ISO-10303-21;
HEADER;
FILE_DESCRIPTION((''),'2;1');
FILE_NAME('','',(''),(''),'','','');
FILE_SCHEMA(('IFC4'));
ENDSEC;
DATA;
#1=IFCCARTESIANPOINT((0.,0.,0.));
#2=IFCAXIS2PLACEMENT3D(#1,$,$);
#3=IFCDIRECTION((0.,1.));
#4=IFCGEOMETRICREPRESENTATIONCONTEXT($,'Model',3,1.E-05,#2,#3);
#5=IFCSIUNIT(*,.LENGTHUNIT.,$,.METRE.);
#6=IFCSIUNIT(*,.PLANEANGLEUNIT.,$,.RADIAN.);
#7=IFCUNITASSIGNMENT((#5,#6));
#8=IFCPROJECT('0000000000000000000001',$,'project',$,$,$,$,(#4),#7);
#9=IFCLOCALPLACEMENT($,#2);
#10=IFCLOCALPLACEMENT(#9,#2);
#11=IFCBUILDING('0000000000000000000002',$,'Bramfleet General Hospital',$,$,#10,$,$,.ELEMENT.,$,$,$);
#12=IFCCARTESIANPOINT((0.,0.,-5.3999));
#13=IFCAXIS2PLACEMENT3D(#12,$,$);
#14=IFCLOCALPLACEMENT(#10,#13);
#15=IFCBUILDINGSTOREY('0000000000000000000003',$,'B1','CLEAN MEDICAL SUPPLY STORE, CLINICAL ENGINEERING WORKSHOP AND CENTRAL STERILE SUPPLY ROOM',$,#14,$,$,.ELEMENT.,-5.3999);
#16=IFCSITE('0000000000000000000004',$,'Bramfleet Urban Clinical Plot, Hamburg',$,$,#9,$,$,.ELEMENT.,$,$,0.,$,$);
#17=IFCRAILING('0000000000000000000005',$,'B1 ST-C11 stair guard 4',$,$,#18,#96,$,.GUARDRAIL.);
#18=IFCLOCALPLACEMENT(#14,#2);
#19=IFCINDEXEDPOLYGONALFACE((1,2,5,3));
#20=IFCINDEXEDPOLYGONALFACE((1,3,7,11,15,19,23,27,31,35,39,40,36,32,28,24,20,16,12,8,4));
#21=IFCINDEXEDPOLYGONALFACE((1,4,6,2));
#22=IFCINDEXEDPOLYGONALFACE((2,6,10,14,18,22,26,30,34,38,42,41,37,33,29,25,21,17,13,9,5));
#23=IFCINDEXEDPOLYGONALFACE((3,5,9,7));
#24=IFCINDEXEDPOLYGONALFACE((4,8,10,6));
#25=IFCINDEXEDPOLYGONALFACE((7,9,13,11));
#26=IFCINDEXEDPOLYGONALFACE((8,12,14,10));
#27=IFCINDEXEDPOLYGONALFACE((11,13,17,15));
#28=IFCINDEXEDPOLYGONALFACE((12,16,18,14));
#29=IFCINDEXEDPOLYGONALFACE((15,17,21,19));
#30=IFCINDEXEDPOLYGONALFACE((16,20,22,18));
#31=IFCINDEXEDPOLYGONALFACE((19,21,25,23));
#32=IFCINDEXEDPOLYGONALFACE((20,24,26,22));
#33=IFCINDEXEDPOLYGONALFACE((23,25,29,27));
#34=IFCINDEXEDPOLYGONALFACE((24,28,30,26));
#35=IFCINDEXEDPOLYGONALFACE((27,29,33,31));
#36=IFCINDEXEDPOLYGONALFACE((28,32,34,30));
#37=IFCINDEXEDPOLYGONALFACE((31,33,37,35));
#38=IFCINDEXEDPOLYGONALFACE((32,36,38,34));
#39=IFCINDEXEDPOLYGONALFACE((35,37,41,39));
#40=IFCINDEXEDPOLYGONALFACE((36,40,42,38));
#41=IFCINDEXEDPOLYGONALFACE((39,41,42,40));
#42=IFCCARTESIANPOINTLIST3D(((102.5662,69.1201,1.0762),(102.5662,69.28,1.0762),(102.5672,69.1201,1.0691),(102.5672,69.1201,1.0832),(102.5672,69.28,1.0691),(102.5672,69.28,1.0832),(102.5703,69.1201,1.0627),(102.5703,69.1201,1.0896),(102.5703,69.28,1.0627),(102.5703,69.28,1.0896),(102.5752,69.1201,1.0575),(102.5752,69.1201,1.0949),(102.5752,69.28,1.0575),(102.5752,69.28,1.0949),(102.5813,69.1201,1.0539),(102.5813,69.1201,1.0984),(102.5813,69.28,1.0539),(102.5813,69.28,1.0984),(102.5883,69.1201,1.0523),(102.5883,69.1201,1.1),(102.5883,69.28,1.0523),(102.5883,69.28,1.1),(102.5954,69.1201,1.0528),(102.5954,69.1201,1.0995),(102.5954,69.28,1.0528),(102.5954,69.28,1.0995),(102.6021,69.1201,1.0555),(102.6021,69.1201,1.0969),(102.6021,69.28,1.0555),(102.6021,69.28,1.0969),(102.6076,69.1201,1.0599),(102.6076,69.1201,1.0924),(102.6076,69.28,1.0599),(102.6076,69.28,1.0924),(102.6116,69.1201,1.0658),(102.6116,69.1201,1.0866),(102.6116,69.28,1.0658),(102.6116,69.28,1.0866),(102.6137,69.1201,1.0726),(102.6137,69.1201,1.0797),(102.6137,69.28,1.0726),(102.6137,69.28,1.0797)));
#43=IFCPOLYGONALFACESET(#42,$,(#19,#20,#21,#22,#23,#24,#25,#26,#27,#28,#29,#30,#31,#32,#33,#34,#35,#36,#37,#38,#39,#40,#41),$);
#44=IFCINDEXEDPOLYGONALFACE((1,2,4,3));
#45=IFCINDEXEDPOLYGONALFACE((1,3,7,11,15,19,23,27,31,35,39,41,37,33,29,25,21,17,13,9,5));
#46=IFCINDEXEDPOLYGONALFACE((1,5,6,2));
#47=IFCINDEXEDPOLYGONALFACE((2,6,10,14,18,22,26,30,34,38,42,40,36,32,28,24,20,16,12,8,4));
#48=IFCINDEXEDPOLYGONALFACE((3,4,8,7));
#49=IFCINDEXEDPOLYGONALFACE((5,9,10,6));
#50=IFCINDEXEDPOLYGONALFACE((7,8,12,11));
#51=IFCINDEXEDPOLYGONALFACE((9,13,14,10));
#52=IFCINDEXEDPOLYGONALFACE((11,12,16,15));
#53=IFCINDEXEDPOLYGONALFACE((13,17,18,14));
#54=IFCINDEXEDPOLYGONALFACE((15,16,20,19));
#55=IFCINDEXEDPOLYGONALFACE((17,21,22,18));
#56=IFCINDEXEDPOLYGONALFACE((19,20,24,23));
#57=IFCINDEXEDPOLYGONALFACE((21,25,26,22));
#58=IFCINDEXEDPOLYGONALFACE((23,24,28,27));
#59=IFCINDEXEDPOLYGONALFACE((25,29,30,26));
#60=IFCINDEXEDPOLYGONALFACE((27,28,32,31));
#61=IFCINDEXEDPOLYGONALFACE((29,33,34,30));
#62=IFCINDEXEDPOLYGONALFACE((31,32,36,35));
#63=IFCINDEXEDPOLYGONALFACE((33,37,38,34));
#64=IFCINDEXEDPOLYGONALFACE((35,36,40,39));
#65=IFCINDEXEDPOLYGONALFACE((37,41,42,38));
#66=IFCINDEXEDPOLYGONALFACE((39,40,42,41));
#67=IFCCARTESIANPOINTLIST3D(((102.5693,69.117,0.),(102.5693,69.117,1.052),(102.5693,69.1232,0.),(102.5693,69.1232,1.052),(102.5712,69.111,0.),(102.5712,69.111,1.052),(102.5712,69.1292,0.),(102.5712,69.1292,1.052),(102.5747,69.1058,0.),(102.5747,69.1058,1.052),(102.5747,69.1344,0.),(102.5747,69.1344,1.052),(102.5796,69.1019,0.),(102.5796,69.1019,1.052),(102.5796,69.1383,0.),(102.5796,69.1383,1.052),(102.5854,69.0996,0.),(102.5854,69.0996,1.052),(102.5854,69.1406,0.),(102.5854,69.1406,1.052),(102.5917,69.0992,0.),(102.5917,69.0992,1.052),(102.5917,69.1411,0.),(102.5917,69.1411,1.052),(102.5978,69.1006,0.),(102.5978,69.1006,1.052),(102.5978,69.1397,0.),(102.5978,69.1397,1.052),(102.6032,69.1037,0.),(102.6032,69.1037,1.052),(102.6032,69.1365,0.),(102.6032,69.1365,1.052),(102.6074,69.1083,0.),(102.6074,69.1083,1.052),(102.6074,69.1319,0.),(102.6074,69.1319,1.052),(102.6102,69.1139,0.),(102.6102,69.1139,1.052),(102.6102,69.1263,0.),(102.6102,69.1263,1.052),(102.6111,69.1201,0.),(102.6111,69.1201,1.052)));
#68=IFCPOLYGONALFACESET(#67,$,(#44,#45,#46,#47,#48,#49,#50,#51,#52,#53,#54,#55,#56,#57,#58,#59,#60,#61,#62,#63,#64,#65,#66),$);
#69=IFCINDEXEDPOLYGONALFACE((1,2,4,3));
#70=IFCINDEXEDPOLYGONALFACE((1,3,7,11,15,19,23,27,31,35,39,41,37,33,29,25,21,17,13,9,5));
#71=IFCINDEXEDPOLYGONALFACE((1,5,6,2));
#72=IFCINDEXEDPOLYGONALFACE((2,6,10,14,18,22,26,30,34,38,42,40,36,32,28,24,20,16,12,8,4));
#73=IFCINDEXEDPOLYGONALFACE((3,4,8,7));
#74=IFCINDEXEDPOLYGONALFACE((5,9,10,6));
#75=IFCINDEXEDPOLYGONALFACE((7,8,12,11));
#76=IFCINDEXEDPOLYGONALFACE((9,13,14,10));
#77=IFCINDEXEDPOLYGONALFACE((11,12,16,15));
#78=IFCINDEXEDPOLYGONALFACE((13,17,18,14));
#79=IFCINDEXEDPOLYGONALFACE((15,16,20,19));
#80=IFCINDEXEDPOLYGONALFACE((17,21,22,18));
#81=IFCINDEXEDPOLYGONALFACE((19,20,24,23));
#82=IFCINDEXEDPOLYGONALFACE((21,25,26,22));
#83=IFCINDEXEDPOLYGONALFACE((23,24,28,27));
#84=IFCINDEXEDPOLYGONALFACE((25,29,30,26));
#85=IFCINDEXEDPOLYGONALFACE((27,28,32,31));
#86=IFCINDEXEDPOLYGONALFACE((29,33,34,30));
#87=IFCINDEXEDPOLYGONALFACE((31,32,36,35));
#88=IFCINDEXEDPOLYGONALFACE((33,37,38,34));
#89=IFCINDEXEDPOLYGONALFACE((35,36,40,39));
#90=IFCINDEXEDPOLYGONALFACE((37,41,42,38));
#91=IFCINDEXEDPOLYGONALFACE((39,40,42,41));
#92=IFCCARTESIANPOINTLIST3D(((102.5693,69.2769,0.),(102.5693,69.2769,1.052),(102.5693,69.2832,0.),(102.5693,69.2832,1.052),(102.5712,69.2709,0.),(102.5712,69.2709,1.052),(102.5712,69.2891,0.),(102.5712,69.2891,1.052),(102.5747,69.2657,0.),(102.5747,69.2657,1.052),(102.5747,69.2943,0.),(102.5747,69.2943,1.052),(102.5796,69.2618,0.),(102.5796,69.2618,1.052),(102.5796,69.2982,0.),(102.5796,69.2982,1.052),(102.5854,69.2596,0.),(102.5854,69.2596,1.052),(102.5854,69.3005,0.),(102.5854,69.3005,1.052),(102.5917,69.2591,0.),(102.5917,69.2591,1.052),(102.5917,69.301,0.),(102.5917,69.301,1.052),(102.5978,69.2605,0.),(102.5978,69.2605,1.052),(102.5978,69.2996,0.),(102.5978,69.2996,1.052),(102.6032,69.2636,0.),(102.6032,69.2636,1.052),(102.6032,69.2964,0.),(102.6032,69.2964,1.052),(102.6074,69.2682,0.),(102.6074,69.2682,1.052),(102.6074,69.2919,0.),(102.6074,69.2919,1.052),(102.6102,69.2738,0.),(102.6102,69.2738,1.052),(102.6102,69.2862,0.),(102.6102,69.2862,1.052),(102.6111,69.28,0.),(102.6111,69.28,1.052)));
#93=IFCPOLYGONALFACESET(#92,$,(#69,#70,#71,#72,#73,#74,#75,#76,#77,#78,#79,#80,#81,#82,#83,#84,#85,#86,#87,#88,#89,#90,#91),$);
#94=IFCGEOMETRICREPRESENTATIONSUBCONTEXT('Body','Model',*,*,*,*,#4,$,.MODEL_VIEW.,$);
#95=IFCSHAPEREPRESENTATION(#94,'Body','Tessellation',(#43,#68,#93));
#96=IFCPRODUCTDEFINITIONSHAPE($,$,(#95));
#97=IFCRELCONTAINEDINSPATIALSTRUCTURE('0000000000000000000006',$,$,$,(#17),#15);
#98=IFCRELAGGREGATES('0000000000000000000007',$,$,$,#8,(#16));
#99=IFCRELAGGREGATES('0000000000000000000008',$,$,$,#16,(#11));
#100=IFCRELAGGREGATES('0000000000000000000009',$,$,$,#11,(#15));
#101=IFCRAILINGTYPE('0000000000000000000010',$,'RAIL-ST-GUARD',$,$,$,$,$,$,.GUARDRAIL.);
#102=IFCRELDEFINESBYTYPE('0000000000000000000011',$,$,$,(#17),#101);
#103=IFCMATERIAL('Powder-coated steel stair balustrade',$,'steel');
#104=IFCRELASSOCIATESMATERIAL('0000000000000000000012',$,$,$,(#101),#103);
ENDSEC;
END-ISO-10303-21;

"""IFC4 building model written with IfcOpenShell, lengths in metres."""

from ifc_helpers import new_model, si_unit, direction, frame, origin, origin_2d, place, context, subcontext, project, spatial, circle, extrude, material, type_object, element, save


model = new_model("IFC4")

# Units and contexts
model_context = context("Model", 3, precision=1e-05, world=origin(), true_north=direction((0.0, 1.0)))
body_context = subcontext(model_context, "Body", "Model", "MODEL_VIEW")
ifc_project = project(units=[si_unit("LENGTHUNIT", "METRE"), si_unit("PLANEANGLEUNIT", "RADIAN")], contexts=[model_context])

# Site, building, storey
site_placement = place(None, origin())
site = spatial("IfcSite", under=ifc_project, at=site_placement, Name="Bramfleet Urban Clinical Plot, Hamburg", CompositionType="ELEMENT", RefElevation=0.0)
building_placement = place(site_placement, origin())
building = spatial("IfcBuilding", under=site, at=building_placement, Name="Bramfleet General Hospital", CompositionType="ELEMENT")
storey_placement = place(building_placement, frame((0.0, 0.0, -5.3999)))
storey = spatial("IfcBuildingStorey", under=building, at=storey_placement, Name="B1", Description="CLEAN MEDICAL SUPPLY STORE, CLINICAL ENGINEERING WORKSHOP AND CENTRAL STERILE SUPPLY ROOM", CompositionType="ELEMENT", Elevation=-5.3999)

# Railing
ifc_material_1 = material(Name="Powder-coated steel stair balustrade", Category="steel")
railing_type_1 = type_object("IfcRailingType", Name="RAIL-ST-GUARD", PredefinedType="GUARDRAIL", material=ifc_material_1)
railing_1_placement = place(storey_placement, frame((102.5901, 69.1201, 0.0)))
element("IfcRailing", 1, at=railing_1_placement, inside=storey, type_object=railing_type_1, Name="B1 ST-C11 stair guard 4", PredefinedType="GUARDRAIL", context=body_context, shape_type="SweptSolid", body=[
    extrude(circle(Radius=0.0239, at=origin_2d()), frame((0.0, 0.0, 1.0762), z_axis=(0.0, 1.0, 0.0), x_axis=(-1.0, 0.0, 0.0)), (0.0, 0.0, 1.0), 0.1599),
    extrude(circle(Radius=0.021, at=origin_2d()), origin(), (0.0, 0.0, 1.0), 1.052),
    extrude(circle(Radius=0.021, at=origin_2d()), frame((0.0, 0.1599, 0.0)), (0.0, 0.0, 1.0), 1.052),
])

save(model, "model.ifc")
